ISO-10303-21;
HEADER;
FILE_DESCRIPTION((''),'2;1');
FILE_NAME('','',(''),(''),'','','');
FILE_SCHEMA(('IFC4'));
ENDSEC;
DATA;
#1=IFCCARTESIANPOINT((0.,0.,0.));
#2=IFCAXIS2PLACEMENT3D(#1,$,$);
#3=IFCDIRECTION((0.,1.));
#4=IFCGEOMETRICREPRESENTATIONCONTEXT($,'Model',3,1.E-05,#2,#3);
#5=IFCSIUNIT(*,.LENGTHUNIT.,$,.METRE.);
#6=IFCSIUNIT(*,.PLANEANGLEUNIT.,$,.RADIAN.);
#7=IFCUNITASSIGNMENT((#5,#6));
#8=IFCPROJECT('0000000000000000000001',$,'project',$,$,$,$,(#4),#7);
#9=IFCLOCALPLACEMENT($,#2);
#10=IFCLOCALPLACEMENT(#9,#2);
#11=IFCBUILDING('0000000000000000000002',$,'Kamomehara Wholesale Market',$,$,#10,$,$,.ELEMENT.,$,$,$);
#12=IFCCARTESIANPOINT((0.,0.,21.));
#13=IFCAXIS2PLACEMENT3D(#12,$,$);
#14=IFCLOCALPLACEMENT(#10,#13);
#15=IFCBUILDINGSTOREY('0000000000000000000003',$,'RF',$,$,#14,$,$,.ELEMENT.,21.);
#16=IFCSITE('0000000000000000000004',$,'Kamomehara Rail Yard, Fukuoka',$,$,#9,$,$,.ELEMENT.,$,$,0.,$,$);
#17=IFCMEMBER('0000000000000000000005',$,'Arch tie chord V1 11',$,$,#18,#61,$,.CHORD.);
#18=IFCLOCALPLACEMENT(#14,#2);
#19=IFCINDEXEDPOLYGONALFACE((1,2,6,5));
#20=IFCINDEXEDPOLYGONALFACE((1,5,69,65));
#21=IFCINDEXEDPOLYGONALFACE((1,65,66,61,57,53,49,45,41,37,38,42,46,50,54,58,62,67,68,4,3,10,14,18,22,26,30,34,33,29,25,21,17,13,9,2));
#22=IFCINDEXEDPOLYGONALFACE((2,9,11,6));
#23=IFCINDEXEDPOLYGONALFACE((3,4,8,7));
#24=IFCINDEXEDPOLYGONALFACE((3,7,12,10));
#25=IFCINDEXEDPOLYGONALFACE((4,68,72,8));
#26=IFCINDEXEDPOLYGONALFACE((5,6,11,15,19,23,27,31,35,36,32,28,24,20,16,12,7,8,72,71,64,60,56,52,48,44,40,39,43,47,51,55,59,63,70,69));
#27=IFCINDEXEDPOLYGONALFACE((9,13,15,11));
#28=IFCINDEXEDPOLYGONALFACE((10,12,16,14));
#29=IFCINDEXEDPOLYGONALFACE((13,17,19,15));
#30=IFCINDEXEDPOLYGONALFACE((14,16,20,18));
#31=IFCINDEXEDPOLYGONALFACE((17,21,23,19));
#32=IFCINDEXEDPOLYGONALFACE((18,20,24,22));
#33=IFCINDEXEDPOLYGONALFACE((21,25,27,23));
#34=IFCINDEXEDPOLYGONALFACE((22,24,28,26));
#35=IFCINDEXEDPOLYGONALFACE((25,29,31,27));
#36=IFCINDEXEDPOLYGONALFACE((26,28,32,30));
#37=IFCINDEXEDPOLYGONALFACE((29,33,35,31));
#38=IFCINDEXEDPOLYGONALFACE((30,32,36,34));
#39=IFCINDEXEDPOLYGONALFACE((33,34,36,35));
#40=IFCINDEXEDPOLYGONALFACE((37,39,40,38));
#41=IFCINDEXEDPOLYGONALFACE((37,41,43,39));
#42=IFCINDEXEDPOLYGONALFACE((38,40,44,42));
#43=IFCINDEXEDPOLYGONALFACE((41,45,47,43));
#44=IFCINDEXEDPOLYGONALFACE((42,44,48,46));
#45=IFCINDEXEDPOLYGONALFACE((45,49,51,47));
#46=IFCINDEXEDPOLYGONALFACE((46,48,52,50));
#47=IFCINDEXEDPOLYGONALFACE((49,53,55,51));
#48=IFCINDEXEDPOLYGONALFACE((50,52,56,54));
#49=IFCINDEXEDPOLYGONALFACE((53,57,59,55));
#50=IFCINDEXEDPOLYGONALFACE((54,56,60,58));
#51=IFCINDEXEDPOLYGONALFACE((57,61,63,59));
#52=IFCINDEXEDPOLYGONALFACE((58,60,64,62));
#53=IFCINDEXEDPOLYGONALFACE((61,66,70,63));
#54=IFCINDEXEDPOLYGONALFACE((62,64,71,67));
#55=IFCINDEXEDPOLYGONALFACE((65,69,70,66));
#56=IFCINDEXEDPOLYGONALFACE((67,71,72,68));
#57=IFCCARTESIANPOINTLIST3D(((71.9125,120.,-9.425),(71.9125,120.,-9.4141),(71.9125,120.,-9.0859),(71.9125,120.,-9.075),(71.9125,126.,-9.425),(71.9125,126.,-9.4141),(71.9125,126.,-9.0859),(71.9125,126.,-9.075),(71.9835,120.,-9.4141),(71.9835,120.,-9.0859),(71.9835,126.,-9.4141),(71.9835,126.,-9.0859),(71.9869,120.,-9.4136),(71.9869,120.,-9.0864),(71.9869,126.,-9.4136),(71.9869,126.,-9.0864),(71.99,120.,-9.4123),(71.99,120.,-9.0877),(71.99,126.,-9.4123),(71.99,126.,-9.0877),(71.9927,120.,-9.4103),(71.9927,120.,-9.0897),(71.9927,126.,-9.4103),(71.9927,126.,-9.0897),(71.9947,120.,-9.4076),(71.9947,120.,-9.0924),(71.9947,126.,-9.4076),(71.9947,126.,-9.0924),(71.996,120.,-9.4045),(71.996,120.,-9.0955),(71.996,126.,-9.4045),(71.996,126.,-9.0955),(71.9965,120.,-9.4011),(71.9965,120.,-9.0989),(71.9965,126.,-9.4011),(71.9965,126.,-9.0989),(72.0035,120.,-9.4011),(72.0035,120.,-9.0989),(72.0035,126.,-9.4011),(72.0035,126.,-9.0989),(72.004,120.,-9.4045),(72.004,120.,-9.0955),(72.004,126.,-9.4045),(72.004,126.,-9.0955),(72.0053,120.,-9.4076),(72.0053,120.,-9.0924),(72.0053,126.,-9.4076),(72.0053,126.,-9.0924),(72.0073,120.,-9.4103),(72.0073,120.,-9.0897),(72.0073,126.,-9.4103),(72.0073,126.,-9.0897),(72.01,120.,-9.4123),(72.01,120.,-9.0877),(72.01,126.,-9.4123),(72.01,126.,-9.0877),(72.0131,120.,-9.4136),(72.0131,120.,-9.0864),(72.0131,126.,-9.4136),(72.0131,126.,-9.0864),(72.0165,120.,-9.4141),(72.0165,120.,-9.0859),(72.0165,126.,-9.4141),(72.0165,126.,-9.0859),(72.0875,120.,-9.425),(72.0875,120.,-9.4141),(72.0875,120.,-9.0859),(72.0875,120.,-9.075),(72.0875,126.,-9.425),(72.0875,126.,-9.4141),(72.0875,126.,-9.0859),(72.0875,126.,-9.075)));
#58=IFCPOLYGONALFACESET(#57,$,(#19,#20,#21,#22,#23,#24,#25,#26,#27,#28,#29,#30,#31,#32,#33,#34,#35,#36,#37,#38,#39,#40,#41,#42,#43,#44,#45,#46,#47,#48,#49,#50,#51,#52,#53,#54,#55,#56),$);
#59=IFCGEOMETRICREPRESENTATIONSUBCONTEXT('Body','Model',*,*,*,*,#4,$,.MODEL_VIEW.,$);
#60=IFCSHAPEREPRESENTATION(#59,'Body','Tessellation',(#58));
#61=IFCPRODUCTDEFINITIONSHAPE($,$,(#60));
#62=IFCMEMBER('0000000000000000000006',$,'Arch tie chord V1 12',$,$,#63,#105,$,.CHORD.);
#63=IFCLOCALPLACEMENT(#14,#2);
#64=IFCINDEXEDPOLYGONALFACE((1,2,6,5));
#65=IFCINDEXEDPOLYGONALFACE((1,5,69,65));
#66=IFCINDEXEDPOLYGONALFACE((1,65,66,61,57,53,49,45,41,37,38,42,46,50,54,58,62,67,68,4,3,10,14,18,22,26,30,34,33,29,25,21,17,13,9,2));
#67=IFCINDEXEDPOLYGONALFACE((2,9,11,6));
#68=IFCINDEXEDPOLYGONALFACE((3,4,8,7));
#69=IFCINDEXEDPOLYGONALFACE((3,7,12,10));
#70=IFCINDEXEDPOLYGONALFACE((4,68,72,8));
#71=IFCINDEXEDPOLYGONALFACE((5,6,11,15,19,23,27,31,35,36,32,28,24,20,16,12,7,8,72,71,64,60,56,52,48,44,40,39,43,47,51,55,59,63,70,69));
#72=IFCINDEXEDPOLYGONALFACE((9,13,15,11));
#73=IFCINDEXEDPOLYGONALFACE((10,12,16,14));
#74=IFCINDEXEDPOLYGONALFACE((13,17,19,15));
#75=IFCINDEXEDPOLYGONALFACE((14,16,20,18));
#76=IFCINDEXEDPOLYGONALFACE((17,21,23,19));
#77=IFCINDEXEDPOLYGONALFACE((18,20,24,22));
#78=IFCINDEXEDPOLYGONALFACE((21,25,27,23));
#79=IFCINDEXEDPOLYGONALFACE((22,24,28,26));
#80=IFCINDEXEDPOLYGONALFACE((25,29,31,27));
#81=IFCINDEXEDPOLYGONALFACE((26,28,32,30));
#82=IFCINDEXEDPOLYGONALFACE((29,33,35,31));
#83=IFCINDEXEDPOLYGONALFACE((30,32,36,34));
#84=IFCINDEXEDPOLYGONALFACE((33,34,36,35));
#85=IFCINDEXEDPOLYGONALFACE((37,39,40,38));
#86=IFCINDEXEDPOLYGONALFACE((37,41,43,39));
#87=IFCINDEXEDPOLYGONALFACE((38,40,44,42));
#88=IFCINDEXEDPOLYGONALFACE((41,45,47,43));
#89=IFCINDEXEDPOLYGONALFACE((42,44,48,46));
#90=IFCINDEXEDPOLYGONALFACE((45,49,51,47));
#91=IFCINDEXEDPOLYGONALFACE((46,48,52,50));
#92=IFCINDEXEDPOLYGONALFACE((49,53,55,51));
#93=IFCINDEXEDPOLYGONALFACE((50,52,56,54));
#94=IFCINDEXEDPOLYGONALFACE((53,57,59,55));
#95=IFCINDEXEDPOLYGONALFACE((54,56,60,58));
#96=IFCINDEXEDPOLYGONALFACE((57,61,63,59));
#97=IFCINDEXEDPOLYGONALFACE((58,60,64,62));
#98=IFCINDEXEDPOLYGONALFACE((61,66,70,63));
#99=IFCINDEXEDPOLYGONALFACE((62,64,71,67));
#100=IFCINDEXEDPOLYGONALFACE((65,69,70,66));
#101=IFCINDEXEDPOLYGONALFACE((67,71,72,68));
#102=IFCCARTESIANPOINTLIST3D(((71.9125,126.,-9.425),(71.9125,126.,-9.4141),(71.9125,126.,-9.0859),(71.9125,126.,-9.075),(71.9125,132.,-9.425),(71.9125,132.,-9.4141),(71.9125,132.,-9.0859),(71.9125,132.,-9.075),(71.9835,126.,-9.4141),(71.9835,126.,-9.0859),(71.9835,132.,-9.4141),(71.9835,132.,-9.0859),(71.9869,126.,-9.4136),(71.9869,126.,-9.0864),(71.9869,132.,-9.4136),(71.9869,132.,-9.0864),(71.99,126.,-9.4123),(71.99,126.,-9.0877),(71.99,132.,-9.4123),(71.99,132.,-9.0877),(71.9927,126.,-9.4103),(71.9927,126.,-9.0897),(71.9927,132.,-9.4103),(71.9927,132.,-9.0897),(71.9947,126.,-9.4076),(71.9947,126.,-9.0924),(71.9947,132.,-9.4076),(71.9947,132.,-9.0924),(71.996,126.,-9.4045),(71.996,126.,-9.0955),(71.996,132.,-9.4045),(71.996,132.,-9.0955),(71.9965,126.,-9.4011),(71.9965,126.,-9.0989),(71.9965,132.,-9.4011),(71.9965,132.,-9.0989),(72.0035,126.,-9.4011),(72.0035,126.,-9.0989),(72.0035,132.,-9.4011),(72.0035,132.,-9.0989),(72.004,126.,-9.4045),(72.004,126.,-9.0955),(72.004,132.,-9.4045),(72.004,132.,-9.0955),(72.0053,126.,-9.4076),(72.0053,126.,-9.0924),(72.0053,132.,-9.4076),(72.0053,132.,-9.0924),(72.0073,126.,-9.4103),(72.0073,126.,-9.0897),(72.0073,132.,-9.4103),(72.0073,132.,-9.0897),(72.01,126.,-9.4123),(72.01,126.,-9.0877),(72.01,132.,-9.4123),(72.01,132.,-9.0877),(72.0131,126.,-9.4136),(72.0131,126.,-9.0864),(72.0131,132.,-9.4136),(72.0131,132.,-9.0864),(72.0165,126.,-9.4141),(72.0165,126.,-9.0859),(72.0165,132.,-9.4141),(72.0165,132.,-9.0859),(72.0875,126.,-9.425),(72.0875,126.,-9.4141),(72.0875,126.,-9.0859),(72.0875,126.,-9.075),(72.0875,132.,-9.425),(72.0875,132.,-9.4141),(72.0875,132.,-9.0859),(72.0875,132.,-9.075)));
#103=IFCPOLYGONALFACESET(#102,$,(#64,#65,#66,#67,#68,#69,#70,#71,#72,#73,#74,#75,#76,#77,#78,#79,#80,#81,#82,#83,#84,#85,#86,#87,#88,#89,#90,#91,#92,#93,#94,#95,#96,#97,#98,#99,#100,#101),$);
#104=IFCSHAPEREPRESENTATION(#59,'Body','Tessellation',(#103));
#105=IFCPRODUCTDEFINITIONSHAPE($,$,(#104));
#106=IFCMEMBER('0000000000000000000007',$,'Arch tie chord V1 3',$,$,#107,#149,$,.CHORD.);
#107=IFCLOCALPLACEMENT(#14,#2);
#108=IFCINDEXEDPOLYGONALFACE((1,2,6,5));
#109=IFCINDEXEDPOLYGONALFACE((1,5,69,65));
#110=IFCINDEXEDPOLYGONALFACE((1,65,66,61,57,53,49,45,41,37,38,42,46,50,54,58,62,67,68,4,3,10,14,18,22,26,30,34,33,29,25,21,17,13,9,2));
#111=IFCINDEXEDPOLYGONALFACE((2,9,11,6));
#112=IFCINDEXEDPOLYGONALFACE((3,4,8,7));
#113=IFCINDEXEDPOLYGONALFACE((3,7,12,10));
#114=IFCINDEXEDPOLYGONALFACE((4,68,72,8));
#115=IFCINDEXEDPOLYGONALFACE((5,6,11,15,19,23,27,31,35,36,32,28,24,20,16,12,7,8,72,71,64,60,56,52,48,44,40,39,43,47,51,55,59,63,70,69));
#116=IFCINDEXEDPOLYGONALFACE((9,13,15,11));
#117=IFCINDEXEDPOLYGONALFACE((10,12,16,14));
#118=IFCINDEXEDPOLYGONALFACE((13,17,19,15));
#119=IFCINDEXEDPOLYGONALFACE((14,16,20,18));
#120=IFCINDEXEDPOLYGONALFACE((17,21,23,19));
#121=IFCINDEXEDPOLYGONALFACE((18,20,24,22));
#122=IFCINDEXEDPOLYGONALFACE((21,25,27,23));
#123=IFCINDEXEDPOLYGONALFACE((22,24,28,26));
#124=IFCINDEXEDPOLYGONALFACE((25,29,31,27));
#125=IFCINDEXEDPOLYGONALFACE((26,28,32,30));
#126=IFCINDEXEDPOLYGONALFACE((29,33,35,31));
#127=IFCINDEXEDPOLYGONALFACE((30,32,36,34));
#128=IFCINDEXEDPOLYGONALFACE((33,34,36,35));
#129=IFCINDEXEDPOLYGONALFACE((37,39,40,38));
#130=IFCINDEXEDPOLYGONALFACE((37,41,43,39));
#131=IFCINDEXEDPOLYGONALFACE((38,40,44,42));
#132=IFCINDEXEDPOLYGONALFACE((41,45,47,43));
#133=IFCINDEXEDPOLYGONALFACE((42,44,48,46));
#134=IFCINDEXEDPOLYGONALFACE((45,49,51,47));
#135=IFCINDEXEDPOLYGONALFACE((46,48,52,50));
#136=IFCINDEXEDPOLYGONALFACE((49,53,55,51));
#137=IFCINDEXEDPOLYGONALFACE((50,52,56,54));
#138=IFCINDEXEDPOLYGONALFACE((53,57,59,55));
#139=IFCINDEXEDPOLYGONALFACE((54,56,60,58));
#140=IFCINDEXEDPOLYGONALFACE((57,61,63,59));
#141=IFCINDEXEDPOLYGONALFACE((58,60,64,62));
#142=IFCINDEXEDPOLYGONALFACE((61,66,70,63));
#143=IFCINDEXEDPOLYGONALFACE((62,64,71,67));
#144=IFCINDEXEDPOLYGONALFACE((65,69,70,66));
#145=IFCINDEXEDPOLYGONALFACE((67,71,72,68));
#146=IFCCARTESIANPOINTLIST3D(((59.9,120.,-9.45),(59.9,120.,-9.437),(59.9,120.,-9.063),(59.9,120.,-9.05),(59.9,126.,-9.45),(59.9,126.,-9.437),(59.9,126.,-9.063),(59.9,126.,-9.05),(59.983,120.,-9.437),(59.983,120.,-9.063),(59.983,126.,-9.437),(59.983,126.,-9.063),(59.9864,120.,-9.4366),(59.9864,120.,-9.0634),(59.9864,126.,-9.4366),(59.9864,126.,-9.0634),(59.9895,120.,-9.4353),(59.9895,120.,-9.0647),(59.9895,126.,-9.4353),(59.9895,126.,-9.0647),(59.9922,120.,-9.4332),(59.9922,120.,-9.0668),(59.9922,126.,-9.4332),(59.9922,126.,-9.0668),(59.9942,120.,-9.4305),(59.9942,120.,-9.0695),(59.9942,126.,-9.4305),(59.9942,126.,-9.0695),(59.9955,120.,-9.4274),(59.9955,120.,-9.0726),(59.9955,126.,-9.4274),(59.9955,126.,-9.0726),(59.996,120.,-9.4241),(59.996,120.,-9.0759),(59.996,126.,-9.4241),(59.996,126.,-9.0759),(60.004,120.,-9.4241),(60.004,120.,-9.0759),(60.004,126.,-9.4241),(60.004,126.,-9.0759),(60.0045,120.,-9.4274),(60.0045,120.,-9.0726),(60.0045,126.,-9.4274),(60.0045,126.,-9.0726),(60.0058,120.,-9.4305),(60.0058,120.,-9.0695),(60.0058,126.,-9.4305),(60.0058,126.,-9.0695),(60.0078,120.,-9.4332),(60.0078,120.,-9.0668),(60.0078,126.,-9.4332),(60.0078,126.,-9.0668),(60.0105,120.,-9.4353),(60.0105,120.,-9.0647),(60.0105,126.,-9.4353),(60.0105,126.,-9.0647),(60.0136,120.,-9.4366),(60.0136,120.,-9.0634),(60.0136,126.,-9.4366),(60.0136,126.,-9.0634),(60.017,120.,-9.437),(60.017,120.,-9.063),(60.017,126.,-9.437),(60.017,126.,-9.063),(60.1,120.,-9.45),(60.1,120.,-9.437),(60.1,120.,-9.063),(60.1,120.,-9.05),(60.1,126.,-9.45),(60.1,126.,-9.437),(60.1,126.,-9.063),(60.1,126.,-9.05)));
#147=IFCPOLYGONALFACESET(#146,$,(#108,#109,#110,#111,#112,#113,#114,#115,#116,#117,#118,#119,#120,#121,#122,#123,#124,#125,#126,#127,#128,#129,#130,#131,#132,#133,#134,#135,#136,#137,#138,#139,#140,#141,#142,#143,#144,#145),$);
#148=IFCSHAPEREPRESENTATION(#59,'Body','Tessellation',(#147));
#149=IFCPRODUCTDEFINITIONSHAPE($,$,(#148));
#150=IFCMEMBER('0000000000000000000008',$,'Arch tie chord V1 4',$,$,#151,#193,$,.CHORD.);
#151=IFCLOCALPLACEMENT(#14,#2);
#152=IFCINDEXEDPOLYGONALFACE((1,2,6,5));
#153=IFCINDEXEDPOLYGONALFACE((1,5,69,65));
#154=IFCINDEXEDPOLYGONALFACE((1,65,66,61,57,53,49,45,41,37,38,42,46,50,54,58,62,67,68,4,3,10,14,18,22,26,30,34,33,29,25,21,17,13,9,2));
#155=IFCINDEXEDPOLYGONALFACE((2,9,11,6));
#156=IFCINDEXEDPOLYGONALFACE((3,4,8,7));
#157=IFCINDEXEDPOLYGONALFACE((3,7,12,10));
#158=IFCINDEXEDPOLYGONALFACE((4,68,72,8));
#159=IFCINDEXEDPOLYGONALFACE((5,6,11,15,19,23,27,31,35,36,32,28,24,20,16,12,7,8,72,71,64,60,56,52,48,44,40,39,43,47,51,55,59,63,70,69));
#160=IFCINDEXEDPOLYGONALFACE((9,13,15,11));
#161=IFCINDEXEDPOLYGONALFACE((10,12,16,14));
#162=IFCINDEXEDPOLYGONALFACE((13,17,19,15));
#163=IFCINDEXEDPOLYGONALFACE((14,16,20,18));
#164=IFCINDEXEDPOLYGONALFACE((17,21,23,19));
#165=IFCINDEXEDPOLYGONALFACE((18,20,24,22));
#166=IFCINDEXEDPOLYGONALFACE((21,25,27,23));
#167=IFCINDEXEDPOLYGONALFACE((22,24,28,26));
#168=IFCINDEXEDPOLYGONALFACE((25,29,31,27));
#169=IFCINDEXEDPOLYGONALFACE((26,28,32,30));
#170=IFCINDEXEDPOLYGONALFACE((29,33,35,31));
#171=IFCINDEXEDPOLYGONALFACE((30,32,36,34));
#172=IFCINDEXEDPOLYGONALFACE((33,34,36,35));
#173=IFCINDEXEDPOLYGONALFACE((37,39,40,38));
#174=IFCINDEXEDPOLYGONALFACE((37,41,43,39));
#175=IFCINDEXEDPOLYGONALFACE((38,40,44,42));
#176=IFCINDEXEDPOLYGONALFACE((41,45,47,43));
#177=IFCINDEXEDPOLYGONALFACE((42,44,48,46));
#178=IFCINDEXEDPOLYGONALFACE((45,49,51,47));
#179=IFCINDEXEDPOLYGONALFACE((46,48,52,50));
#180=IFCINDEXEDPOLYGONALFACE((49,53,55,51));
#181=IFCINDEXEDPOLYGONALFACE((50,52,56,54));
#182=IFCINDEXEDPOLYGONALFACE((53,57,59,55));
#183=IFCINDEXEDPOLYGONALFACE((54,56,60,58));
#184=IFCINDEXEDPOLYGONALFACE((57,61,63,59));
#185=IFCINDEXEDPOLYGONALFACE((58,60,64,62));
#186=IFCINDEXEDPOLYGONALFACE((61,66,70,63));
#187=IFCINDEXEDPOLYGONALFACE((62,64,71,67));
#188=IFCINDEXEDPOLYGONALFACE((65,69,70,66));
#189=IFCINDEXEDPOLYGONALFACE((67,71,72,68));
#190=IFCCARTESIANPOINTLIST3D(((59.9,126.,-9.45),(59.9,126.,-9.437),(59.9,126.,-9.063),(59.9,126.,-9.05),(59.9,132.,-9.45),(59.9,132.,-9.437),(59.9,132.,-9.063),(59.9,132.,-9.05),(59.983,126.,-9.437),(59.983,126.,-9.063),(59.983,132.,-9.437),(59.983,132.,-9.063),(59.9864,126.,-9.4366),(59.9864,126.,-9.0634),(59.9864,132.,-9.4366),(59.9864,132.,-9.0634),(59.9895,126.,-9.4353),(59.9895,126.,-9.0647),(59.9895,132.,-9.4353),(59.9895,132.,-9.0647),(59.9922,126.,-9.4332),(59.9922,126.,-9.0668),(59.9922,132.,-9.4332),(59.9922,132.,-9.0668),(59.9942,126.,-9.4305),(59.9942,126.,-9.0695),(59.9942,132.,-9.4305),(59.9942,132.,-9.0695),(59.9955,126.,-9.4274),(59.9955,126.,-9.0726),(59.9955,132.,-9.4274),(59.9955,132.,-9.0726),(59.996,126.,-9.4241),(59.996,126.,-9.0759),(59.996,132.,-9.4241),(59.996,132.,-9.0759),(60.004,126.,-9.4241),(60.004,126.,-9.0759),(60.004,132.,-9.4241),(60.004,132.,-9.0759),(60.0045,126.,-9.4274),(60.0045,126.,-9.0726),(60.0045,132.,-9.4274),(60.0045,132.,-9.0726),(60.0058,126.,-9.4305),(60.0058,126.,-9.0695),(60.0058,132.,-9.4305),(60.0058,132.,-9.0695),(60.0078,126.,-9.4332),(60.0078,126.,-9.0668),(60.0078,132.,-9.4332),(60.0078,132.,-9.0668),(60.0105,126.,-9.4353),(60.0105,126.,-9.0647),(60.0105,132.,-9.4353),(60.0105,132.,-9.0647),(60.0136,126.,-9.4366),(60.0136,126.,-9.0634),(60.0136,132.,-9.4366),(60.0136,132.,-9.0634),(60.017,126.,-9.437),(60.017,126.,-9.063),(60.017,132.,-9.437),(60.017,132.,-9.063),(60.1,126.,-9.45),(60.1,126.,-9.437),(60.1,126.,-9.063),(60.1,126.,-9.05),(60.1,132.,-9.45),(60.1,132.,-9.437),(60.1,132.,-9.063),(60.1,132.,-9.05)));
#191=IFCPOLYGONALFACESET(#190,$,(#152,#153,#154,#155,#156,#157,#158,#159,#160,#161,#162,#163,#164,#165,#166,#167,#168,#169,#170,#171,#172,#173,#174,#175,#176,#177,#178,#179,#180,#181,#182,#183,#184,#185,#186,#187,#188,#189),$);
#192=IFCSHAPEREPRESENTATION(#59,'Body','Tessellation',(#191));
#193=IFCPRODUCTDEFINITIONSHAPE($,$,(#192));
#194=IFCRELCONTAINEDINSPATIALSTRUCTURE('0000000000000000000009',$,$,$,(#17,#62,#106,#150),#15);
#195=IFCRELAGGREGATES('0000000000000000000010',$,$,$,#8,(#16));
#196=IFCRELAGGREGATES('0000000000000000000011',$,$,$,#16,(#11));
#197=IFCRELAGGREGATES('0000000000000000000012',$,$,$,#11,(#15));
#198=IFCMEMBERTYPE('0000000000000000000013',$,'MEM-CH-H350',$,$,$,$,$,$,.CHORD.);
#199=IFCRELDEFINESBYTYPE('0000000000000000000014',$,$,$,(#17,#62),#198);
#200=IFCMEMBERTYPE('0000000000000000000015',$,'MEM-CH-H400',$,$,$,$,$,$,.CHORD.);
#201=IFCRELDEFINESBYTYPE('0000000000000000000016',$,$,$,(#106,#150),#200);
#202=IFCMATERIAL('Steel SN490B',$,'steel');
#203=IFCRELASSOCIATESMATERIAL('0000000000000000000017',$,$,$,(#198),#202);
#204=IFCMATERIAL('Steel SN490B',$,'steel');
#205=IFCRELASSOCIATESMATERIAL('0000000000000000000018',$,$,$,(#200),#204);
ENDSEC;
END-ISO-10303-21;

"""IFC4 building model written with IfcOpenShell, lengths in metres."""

from ifc_helpers import new_model, si_unit, direction, frame, origin, origin_2d, place, context, subcontext, project, spatial, i_section, extrude, material, material_profile, profile_set, type_object, element, save


model = new_model("IFC4")

# Units and contexts
model_context = context("Model", 3, precision=1e-05, world=origin(), true_north=direction((0.0, 1.0)))
body_context = subcontext(model_context, "Body", "Model", "MODEL_VIEW")
ifc_project = project(units=[si_unit("LENGTHUNIT", "METRE"), si_unit("PLANEANGLEUNIT", "RADIAN")], contexts=[model_context])

# Site, building, storey
site_placement = place(None, origin())
site = spatial("IfcSite", under=ifc_project, at=site_placement, Name="Kamomehara Rail Yard, Fukuoka", CompositionType="ELEMENT", RefElevation=0.0)
building_placement = place(site_placement, origin())
building = spatial("IfcBuilding", under=site, at=building_placement, Name="Kamomehara Wholesale Market", CompositionType="ELEMENT")
storey_placement = place(building_placement, frame((0.0, 0.0, 21.0)))
storey = spatial("IfcBuildingStorey", under=building, at=storey_placement, Name="RF", CompositionType="ELEMENT", Elevation=21.0)

# Members
ifc_material_1 = material(Name="Steel SN490B", Category="steel")
ifc_material_profile_1 = material_profile(ifc_material_1, i_section(OverallWidth=0.175, OverallDepth=0.3501, WebThickness=0.0071, FlangeThickness=0.011, FilletRadius=0.0129, at=origin_2d()), Name="H-350x175x7x11")
ifc_profile_set_1 = profile_set([ifc_material_profile_1], Name="Steel SN490B")
member_type_1 = type_object("IfcMemberType", Name="MEM-CH-H350", PredefinedType="CHORD", material=ifc_profile_set_1)
for number, where, z_axis, x_axis, name in (
    (1, (72.0, 120.0, -9.25), (0.0, 1.0, 0.0), (-1.0, 0.0, 0.0), "Arch tie chord V1 11"),
    (2, (72.0, 126.0, -9.25), (0.0, 1.0, 0.0), (-1.0, 0.0, 0.0), "Arch tie chord V1 12"),
):
    element("IfcMember", number, at=place(storey_placement, frame(where, z_axis=z_axis, x_axis=x_axis)), inside=storey, type_object=member_type_1, Name=name, PredefinedType="CHORD", context=body_context, shape_type="SweptSolid", body=[
        extrude(i_section(OverallWidth=0.175, OverallDepth=0.3501, WebThickness=0.0071, FlangeThickness=0.011, FilletRadius=0.0129, at=origin_2d()), origin(), (0.0, 0.0, 1.0), 6.0),
    ])
ifc_material_2 = material(Name="Steel SN490B", Category="steel")
ifc_material_profile_2 = material_profile(ifc_material_2, i_section(OverallWidth=0.2, OverallDepth=0.3999, WebThickness=0.0081, FlangeThickness=0.0129, FilletRadius=0.0129, at=origin_2d()), Name="H-400x200x8x13")
ifc_profile_set_2 = profile_set([ifc_material_profile_2], Name="Steel SN490B")
member_type_2 = type_object("IfcMemberType", Name="MEM-CH-H400", PredefinedType="CHORD", material=ifc_profile_set_2)
for number, where, z_axis, x_axis, name in (
    (3, (60.0, 120.0, -9.25), (0.0, 1.0, 0.0), (-1.0, 0.0, 0.0), "Arch tie chord V1 3"),
    (4, (60.0, 126.0, -9.25), (0.0, 1.0, 0.0), (-1.0, 0.0, 0.0), "Arch tie chord V1 4"),
):
    element("IfcMember", number, at=place(storey_placement, frame(where, z_axis=z_axis, x_axis=x_axis)), inside=storey, type_object=member_type_2, Name=name, PredefinedType="CHORD", context=body_context, shape_type="SweptSolid", body=[
        extrude(i_section(OverallWidth=0.2, OverallDepth=0.3999, WebThickness=0.0081, FlangeThickness=0.0129, FilletRadius=0.0129, at=origin_2d()), origin(), (0.0, 0.0, 1.0), 6.0),
    ])

save(model, "model.ifc")
